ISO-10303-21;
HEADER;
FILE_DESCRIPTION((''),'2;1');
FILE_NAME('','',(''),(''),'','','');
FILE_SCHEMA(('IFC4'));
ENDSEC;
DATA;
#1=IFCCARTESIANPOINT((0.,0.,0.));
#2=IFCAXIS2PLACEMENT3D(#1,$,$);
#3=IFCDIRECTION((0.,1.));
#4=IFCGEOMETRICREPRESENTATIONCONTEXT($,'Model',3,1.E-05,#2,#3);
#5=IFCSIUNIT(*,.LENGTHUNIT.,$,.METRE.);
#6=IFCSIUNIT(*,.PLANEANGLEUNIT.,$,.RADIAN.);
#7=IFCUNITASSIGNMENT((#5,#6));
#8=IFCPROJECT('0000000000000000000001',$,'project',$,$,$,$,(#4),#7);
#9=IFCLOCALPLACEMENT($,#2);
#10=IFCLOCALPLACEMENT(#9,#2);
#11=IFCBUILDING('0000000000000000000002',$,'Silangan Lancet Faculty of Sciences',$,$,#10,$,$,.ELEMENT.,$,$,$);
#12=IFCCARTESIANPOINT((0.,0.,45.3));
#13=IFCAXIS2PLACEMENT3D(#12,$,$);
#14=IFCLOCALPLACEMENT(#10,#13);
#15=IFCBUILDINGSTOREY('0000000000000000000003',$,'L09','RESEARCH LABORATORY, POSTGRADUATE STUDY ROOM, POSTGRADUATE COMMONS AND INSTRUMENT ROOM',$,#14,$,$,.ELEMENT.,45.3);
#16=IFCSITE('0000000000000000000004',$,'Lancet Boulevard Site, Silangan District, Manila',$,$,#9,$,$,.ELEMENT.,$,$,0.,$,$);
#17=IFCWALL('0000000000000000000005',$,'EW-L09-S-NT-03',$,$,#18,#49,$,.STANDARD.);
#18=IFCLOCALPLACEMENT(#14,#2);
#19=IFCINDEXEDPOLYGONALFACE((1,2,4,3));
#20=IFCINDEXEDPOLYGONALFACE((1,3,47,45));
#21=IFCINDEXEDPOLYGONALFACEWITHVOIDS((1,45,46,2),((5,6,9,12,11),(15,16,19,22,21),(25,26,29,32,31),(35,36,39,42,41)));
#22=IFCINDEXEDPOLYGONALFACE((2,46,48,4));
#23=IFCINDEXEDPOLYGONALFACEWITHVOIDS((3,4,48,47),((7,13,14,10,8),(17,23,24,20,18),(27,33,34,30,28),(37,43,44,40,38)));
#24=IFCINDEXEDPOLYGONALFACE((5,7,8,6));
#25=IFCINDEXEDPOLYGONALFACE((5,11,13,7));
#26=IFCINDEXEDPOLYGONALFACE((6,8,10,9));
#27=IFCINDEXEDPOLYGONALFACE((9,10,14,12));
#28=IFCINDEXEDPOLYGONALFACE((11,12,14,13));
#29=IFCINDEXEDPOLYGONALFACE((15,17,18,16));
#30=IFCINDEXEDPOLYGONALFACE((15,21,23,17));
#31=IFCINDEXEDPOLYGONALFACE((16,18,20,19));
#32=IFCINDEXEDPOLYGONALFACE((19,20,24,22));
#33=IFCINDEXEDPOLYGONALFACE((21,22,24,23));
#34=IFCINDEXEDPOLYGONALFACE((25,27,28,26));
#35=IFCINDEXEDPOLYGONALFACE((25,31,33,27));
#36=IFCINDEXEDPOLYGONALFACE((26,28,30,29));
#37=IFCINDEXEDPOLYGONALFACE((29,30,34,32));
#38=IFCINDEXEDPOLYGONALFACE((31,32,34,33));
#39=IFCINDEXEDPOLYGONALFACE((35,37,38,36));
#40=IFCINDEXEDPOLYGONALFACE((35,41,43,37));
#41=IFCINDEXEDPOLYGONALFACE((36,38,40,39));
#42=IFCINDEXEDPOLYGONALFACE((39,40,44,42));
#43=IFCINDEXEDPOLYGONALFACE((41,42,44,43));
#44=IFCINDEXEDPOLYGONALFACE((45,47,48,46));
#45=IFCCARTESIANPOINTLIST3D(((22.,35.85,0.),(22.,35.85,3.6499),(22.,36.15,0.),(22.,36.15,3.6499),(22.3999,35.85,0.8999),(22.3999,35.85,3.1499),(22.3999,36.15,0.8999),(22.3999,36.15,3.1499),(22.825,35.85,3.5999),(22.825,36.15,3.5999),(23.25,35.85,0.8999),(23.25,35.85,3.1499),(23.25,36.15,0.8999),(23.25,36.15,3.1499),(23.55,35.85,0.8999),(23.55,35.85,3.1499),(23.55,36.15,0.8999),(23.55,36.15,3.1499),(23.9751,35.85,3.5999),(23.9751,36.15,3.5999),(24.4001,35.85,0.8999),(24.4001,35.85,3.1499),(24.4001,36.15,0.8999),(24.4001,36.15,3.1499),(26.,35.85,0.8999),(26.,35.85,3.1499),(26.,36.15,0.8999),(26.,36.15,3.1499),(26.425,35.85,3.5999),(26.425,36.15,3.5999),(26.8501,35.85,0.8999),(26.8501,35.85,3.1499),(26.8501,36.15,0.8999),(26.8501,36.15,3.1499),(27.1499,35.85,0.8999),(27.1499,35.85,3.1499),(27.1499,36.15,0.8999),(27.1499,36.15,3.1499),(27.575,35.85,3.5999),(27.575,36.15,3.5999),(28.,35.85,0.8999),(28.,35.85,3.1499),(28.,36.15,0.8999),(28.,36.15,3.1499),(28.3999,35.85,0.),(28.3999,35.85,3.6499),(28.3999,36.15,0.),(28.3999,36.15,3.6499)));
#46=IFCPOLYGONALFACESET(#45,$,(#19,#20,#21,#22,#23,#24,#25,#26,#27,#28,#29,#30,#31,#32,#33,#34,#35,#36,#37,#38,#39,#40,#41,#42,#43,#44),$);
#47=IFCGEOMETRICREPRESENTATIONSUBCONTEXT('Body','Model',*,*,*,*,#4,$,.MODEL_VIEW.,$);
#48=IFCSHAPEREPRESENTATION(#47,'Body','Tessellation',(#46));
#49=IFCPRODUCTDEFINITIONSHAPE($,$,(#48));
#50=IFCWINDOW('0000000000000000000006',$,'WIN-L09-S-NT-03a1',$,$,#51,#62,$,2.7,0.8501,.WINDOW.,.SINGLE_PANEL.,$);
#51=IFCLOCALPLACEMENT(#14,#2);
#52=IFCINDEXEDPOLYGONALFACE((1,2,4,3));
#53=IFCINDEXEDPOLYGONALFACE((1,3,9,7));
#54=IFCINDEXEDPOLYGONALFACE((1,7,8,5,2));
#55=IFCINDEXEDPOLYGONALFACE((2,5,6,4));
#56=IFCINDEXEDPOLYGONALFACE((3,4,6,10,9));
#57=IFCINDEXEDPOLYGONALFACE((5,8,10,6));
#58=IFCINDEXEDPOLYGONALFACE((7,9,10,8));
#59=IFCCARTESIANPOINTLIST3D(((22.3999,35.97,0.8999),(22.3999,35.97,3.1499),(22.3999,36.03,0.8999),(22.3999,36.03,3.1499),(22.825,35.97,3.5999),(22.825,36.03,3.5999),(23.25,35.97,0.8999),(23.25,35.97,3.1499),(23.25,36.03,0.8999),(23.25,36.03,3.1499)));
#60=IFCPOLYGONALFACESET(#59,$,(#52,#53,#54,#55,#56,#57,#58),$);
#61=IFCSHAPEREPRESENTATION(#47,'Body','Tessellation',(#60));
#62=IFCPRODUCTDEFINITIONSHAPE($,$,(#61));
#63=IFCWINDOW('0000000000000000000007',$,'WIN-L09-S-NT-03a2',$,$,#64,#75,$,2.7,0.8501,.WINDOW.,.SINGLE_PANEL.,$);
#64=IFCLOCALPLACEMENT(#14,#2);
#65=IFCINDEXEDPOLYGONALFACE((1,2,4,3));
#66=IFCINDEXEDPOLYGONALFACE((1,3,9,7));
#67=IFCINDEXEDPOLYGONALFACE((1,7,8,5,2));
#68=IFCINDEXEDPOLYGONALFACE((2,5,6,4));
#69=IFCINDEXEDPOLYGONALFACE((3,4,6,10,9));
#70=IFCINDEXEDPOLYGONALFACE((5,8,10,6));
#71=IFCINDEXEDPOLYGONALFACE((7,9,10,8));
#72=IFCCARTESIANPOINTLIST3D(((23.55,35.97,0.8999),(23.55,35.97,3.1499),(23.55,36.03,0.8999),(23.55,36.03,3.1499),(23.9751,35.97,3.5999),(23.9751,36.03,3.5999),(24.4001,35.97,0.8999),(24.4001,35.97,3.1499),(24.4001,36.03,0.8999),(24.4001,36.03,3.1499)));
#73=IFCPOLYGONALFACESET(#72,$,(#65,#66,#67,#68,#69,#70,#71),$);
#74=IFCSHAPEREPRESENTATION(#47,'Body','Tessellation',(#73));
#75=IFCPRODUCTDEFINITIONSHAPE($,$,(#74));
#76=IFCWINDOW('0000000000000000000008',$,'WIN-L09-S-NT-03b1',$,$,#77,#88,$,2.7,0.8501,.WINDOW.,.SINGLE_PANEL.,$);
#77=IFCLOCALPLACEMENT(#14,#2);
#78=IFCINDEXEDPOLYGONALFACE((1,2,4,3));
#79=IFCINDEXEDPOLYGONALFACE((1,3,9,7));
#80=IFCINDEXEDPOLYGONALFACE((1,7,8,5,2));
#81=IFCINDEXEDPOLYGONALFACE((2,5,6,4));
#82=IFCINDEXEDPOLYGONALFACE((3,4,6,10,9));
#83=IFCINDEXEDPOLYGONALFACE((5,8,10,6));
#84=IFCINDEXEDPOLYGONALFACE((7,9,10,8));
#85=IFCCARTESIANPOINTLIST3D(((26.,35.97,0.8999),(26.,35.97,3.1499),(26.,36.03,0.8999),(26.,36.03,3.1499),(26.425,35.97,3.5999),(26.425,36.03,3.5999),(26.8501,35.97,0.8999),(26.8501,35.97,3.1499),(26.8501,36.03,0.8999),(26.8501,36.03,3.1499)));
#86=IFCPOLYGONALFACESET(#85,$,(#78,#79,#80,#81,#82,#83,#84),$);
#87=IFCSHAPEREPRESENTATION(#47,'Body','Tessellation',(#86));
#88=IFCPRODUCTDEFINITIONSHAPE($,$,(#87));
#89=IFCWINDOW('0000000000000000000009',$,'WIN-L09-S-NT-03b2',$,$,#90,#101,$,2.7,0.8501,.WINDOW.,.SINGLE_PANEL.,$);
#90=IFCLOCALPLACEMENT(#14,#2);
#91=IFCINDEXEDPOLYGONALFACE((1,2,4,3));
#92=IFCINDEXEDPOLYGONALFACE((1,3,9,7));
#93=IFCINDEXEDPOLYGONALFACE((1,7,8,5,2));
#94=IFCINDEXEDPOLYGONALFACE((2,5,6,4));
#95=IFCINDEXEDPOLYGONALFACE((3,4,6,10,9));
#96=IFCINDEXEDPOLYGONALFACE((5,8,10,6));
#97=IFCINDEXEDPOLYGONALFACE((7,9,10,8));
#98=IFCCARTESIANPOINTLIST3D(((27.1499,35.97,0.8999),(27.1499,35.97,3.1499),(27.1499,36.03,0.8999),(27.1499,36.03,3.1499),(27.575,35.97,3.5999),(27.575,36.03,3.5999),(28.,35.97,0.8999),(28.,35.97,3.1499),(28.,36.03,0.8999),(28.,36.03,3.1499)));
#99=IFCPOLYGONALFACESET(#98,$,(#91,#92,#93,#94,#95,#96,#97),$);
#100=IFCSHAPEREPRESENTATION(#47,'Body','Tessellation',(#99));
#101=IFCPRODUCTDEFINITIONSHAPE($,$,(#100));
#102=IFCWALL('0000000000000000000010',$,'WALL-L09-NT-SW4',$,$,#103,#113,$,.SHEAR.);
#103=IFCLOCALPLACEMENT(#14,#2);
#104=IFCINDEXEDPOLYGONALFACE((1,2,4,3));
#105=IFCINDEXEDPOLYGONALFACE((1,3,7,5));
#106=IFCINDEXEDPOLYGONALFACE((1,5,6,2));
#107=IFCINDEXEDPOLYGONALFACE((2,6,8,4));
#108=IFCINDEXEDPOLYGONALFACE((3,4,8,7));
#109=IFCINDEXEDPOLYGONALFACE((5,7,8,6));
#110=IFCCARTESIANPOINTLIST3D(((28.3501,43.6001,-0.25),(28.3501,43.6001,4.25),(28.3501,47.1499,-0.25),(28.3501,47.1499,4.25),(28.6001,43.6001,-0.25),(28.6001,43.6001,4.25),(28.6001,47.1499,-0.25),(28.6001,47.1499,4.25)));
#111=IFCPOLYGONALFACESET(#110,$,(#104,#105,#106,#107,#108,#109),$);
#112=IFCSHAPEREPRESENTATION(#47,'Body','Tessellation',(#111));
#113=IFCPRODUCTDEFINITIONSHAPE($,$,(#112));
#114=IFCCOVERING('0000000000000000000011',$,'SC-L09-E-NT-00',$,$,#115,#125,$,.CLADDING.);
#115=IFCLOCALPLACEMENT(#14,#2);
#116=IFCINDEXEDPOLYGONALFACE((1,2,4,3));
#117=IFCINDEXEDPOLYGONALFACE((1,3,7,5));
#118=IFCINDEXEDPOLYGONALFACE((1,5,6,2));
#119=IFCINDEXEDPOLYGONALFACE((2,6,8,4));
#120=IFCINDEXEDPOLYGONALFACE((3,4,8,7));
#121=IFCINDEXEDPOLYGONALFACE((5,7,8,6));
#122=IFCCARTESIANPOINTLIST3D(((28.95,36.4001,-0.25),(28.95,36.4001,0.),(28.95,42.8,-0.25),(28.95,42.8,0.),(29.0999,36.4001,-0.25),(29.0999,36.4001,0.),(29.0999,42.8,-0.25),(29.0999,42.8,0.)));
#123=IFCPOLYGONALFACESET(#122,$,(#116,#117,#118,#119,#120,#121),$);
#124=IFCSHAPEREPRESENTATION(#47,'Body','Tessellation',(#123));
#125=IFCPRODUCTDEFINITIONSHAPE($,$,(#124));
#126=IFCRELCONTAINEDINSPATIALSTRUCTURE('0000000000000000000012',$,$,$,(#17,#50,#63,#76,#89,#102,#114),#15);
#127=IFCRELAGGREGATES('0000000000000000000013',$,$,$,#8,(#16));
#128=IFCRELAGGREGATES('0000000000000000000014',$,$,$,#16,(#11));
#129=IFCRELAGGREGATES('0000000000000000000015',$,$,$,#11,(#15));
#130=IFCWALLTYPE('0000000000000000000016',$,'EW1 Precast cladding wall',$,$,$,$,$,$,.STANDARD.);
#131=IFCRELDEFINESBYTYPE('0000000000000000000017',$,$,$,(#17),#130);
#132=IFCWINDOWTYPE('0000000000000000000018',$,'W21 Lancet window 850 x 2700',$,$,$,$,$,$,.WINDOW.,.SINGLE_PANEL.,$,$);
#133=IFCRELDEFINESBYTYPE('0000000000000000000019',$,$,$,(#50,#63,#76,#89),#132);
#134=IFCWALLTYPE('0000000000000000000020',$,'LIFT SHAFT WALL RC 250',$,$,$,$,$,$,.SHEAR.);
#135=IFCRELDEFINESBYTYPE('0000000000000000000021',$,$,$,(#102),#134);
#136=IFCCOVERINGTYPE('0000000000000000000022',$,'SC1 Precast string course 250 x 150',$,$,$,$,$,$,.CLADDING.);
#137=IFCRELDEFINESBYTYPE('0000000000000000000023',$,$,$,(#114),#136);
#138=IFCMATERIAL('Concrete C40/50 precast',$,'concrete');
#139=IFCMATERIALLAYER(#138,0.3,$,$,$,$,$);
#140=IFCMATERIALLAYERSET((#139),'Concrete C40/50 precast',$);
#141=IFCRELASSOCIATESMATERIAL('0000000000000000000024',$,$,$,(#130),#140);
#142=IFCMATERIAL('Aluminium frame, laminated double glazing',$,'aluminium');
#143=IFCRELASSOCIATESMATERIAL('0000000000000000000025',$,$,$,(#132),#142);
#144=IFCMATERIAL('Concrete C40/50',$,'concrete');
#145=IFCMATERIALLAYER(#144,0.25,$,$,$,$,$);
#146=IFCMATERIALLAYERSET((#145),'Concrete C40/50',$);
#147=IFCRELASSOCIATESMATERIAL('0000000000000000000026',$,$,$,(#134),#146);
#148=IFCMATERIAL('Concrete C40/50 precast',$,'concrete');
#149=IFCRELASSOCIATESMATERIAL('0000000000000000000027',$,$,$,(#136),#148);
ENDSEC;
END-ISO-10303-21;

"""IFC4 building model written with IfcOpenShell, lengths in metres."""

from ifc_helpers import new_model, si_unit, direction, frame, frame_2d, origin, origin_2d, place, context, subcontext, project, spatial, polyline, rectangle, outline, extrude, material, layer, layer_set, type_object, element, fill, save


model = new_model("IFC4")

# Units and contexts
model_context = context("Model", 3, precision=1e-05, world=origin(), true_north=direction((0.0, 1.0)))
body_context = subcontext(model_context, "Body", "Model", "MODEL_VIEW")
ifc_project = project(units=[si_unit("LENGTHUNIT", "METRE"), si_unit("PLANEANGLEUNIT", "RADIAN")], contexts=[model_context])

# Site, building, storey
site_placement = place(None, origin())
site = spatial("IfcSite", under=ifc_project, at=site_placement, Name="Lancet Boulevard Site, Silangan District, Manila", CompositionType="ELEMENT", RefElevation=0.0)
building_placement = place(site_placement, origin())
building = spatial("IfcBuilding", under=site, at=building_placement, Name="Silangan Lancet Faculty of Sciences", CompositionType="ELEMENT")
storey_placement = place(building_placement, frame((0.0, 0.0, 45.3)))
storey = spatial("IfcBuildingStorey", under=building, at=storey_placement, Name="L09", Description="RESEARCH LABORATORY, POSTGRADUATE STUDY ROOM, POSTGRADUATE COMMONS AND INSTRUMENT ROOM", CompositionType="ELEMENT", Elevation=45.3)

# Wall, openings, windows
ifc_material_1 = material(Name="Concrete C40/50 precast", Category="concrete")
ifc_layer_1 = layer(ifc_material_1, 0.3)
ifc_layer_set_1 = layer_set([ifc_layer_1], Name="Concrete C40/50 precast")
wall_type_1 = type_object("IfcWallType", Name="EW1 Precast cladding wall", PredefinedType="STANDARD", material=ifc_layer_set_1)
ifc_material_2 = material(Name="Aluminium frame, laminated double glazing", Category="aluminium")
window_type = type_object("IfcWindowType", Name="W21 Lancet window 850 x 2700", PartitioningType="SINGLE_PANEL", PredefinedType="WINDOW", material=ifc_material_2)
wall_1_placement = place(storey_placement, frame((22.0, 36.0, 0.0), z_axis=(0.0, 0.0, 1.0), x_axis=(1.0, 0.0, 0.0)))
wall_1 = element("IfcWall", 1, at=wall_1_placement, inside=storey, type_object=wall_type_1, Name="EW-L09-S-NT-03", PredefinedType="STANDARD", context=body_context, shape_type="SweptSolid", body=[
    extrude(rectangle(XDim=6.3999, YDim=0.3, at=frame_2d((3.2, 0.0))), origin(), (0.0, 0.0, 1.0), 3.6499),
])
opening_1_placement = place(wall_1_placement, frame((0.3999, 0.0, 0.8999)))
opening_1 = element("IfcOpeningElement", 2, at=opening_1_placement, cuts=wall_1, PredefinedType="OPENING", context=body_context, shape_type="SweptSolid", body=[
    extrude(outline(polyline([(0.0, 0.0), (0.8501, 0.0), (0.8501, 2.25), (0.425, 2.7), (0.0, 2.25), (0.0, 0.0)])), frame((0.0, 0.1599, 0.0), z_axis=(0.0, -1.0, 0.0), x_axis=(1.0, 0.0, 0.0)), (0.0, 0.0, 1.0), 0.3201),
])
opening_2_placement = place(wall_1_placement, frame((1.55, 0.0, 0.8999)))
opening_2 = element("IfcOpeningElement", 3, at=opening_2_placement, cuts=wall_1, PredefinedType="OPENING", context=body_context, shape_type="SweptSolid", body=[
    extrude(outline(polyline([(0.0, 0.0), (0.8501, 0.0), (0.8501, 2.25), (0.425, 2.7), (0.0, 2.25), (0.0, 0.0)])), frame((0.0, 0.1599, 0.0), z_axis=(0.0, -1.0, 0.0), x_axis=(1.0, 0.0, 0.0)), (0.0, 0.0, 1.0), 0.3201),
])
opening_3_placement = place(wall_1_placement, frame((4.0, 0.0, 0.8999)))
opening_3 = element("IfcOpeningElement", 4, at=opening_3_placement, cuts=wall_1, PredefinedType="OPENING", context=body_context, shape_type="SweptSolid", body=[
    extrude(outline(polyline([(0.0, 0.0), (0.8501, 0.0), (0.8501, 2.25), (0.425, 2.7), (0.0, 2.25), (0.0, 0.0)])), frame((0.0, 0.1599, 0.0), z_axis=(0.0, -1.0, 0.0), x_axis=(1.0, 0.0, 0.0)), (0.0, 0.0, 1.0), 0.3201),
])
opening_4_placement = place(wall_1_placement, frame((5.1499, 0.0, 0.8999)))
opening_4 = element("IfcOpeningElement", 5, at=opening_4_placement, cuts=wall_1, PredefinedType="OPENING", context=body_context, shape_type="SweptSolid", body=[
    extrude(outline(polyline([(0.0, 0.0), (0.8501, 0.0), (0.8501, 2.25), (0.425, 2.7), (0.0, 2.25), (0.0, 0.0)])), frame((0.0, 0.1599, 0.0), z_axis=(0.0, -1.0, 0.0), x_axis=(1.0, 0.0, 0.0)), (0.0, 0.0, 1.0), 0.3201),
])
window_1_placement = place(opening_1_placement, origin())
window_1 = element("IfcWindow", 6, at=window_1_placement, inside=storey, type_object=window_type, Name="WIN-L09-S-NT-03a1", OverallHeight=2.7, OverallWidth=0.8501, PartitioningType="SINGLE_PANEL", PredefinedType="WINDOW", context=body_context, shape_type="SweptSolid", body=[
    extrude(outline(polyline([(0.0, 0.0), (0.8501, 0.0), (0.8501, 2.25), (0.425, 2.7), (0.0, 2.25), (0.0, 0.0)])), frame((0.0, 0.03, 0.0), z_axis=(0.0, -1.0, 0.0), x_axis=(1.0, 0.0, 0.0)), (0.0, 0.0, 1.0), 0.0601),
])
fill(opening_1, window_1)
window_2_placement = place(opening_2_placement, origin())
window_2 = element("IfcWindow", 7, at=window_2_placement, inside=storey, type_object=window_type, Name="WIN-L09-S-NT-03a2", OverallHeight=2.7, OverallWidth=0.8501, PartitioningType="SINGLE_PANEL", PredefinedType="WINDOW", context=body_context, shape_type="SweptSolid", body=[
    extrude(outline(polyline([(0.0, 0.0), (0.8501, 0.0), (0.8501, 2.25), (0.425, 2.7), (0.0, 2.25), (0.0, 0.0)])), frame((0.0, 0.03, 0.0), z_axis=(0.0, -1.0, 0.0), x_axis=(1.0, 0.0, 0.0)), (0.0, 0.0, 1.0), 0.0601),
])
fill(opening_2, window_2)
window_3_placement = place(opening_3_placement, origin())
window_3 = element("IfcWindow", 8, at=window_3_placement, inside=storey, type_object=window_type, Name="WIN-L09-S-NT-03b1", OverallHeight=2.7, OverallWidth=0.8501, PartitioningType="SINGLE_PANEL", PredefinedType="WINDOW", context=body_context, shape_type="SweptSolid", body=[
    extrude(outline(polyline([(0.0, 0.0), (0.8501, 0.0), (0.8501, 2.25), (0.425, 2.7), (0.0, 2.25), (0.0, 0.0)])), frame((0.0, 0.03, 0.0), z_axis=(0.0, -1.0, 0.0), x_axis=(1.0, 0.0, 0.0)), (0.0, 0.0, 1.0), 0.0601),
])
fill(opening_3, window_3)
window_4_placement = place(opening_4_placement, origin())
window_4 = element("IfcWindow", 9, at=window_4_placement, inside=storey, type_object=window_type, Name="WIN-L09-S-NT-03b2", OverallHeight=2.7, OverallWidth=0.8501, PartitioningType="SINGLE_PANEL", PredefinedType="WINDOW", context=body_context, shape_type="SweptSolid", body=[
    extrude(outline(polyline([(0.0, 0.0), (0.8501, 0.0), (0.8501, 2.25), (0.425, 2.7), (0.0, 2.25), (0.0, 0.0)])), frame((0.0, 0.03, 0.0), z_axis=(0.0, -1.0, 0.0), x_axis=(1.0, 0.0, 0.0)), (0.0, 0.0, 1.0), 0.0601),
])
fill(opening_4, window_4)

# Wall
ifc_material_3 = material(Name="Concrete C40/50", Category="concrete")
ifc_layer_2 = layer(ifc_material_3, 0.25)
ifc_layer_set_2 = layer_set([ifc_layer_2], Name="Concrete C40/50")
wall_type_2 = type_object("IfcWallType", Name="LIFT SHAFT WALL RC 250", PredefinedType="SHEAR", material=ifc_layer_set_2)
wall_2_placement = place(storey_placement, frame((28.4751, 43.6001, -0.25), z_axis=(0.0, 0.0, 1.0), x_axis=(0.0, 1.0, 0.0)))
element("IfcWall", 10, at=wall_2_placement, inside=storey, type_object=wall_type_2, Name="WALL-L09-NT-SW4", PredefinedType="SHEAR", context=body_context, shape_type="SweptSolid", body=[
    extrude(rectangle(XDim=3.5498, YDim=0.25, at=frame_2d((1.7749, 0.0))), origin(), (0.0, 0.0, 1.0), 4.5),
])

# Covering
ifc_material_4 = material(Name="Concrete C40/50 precast", Category="concrete")
covering_type = type_object("IfcCoveringType", Name="SC1 Precast string course 250 x 150", PredefinedType="CLADDING", material=ifc_material_4)
covering_placement = place(storey_placement, frame((29.0249, 39.6001, -0.25), z_axis=(0.0, 0.0, 1.0), x_axis=(1.0, 0.0, 0.0)))
element("IfcCovering", 11, at=covering_placement, inside=storey, type_object=covering_type, Name="SC-L09-E-NT-00", PredefinedType="CLADDING", context=body_context, shape_type="SweptSolid", body=[
    extrude(rectangle(XDim=0.1499, YDim=6.3999, at=origin_2d()), origin(), (0.0, 0.0, 1.0), 0.25),
])

save(model, "model.ifc")
